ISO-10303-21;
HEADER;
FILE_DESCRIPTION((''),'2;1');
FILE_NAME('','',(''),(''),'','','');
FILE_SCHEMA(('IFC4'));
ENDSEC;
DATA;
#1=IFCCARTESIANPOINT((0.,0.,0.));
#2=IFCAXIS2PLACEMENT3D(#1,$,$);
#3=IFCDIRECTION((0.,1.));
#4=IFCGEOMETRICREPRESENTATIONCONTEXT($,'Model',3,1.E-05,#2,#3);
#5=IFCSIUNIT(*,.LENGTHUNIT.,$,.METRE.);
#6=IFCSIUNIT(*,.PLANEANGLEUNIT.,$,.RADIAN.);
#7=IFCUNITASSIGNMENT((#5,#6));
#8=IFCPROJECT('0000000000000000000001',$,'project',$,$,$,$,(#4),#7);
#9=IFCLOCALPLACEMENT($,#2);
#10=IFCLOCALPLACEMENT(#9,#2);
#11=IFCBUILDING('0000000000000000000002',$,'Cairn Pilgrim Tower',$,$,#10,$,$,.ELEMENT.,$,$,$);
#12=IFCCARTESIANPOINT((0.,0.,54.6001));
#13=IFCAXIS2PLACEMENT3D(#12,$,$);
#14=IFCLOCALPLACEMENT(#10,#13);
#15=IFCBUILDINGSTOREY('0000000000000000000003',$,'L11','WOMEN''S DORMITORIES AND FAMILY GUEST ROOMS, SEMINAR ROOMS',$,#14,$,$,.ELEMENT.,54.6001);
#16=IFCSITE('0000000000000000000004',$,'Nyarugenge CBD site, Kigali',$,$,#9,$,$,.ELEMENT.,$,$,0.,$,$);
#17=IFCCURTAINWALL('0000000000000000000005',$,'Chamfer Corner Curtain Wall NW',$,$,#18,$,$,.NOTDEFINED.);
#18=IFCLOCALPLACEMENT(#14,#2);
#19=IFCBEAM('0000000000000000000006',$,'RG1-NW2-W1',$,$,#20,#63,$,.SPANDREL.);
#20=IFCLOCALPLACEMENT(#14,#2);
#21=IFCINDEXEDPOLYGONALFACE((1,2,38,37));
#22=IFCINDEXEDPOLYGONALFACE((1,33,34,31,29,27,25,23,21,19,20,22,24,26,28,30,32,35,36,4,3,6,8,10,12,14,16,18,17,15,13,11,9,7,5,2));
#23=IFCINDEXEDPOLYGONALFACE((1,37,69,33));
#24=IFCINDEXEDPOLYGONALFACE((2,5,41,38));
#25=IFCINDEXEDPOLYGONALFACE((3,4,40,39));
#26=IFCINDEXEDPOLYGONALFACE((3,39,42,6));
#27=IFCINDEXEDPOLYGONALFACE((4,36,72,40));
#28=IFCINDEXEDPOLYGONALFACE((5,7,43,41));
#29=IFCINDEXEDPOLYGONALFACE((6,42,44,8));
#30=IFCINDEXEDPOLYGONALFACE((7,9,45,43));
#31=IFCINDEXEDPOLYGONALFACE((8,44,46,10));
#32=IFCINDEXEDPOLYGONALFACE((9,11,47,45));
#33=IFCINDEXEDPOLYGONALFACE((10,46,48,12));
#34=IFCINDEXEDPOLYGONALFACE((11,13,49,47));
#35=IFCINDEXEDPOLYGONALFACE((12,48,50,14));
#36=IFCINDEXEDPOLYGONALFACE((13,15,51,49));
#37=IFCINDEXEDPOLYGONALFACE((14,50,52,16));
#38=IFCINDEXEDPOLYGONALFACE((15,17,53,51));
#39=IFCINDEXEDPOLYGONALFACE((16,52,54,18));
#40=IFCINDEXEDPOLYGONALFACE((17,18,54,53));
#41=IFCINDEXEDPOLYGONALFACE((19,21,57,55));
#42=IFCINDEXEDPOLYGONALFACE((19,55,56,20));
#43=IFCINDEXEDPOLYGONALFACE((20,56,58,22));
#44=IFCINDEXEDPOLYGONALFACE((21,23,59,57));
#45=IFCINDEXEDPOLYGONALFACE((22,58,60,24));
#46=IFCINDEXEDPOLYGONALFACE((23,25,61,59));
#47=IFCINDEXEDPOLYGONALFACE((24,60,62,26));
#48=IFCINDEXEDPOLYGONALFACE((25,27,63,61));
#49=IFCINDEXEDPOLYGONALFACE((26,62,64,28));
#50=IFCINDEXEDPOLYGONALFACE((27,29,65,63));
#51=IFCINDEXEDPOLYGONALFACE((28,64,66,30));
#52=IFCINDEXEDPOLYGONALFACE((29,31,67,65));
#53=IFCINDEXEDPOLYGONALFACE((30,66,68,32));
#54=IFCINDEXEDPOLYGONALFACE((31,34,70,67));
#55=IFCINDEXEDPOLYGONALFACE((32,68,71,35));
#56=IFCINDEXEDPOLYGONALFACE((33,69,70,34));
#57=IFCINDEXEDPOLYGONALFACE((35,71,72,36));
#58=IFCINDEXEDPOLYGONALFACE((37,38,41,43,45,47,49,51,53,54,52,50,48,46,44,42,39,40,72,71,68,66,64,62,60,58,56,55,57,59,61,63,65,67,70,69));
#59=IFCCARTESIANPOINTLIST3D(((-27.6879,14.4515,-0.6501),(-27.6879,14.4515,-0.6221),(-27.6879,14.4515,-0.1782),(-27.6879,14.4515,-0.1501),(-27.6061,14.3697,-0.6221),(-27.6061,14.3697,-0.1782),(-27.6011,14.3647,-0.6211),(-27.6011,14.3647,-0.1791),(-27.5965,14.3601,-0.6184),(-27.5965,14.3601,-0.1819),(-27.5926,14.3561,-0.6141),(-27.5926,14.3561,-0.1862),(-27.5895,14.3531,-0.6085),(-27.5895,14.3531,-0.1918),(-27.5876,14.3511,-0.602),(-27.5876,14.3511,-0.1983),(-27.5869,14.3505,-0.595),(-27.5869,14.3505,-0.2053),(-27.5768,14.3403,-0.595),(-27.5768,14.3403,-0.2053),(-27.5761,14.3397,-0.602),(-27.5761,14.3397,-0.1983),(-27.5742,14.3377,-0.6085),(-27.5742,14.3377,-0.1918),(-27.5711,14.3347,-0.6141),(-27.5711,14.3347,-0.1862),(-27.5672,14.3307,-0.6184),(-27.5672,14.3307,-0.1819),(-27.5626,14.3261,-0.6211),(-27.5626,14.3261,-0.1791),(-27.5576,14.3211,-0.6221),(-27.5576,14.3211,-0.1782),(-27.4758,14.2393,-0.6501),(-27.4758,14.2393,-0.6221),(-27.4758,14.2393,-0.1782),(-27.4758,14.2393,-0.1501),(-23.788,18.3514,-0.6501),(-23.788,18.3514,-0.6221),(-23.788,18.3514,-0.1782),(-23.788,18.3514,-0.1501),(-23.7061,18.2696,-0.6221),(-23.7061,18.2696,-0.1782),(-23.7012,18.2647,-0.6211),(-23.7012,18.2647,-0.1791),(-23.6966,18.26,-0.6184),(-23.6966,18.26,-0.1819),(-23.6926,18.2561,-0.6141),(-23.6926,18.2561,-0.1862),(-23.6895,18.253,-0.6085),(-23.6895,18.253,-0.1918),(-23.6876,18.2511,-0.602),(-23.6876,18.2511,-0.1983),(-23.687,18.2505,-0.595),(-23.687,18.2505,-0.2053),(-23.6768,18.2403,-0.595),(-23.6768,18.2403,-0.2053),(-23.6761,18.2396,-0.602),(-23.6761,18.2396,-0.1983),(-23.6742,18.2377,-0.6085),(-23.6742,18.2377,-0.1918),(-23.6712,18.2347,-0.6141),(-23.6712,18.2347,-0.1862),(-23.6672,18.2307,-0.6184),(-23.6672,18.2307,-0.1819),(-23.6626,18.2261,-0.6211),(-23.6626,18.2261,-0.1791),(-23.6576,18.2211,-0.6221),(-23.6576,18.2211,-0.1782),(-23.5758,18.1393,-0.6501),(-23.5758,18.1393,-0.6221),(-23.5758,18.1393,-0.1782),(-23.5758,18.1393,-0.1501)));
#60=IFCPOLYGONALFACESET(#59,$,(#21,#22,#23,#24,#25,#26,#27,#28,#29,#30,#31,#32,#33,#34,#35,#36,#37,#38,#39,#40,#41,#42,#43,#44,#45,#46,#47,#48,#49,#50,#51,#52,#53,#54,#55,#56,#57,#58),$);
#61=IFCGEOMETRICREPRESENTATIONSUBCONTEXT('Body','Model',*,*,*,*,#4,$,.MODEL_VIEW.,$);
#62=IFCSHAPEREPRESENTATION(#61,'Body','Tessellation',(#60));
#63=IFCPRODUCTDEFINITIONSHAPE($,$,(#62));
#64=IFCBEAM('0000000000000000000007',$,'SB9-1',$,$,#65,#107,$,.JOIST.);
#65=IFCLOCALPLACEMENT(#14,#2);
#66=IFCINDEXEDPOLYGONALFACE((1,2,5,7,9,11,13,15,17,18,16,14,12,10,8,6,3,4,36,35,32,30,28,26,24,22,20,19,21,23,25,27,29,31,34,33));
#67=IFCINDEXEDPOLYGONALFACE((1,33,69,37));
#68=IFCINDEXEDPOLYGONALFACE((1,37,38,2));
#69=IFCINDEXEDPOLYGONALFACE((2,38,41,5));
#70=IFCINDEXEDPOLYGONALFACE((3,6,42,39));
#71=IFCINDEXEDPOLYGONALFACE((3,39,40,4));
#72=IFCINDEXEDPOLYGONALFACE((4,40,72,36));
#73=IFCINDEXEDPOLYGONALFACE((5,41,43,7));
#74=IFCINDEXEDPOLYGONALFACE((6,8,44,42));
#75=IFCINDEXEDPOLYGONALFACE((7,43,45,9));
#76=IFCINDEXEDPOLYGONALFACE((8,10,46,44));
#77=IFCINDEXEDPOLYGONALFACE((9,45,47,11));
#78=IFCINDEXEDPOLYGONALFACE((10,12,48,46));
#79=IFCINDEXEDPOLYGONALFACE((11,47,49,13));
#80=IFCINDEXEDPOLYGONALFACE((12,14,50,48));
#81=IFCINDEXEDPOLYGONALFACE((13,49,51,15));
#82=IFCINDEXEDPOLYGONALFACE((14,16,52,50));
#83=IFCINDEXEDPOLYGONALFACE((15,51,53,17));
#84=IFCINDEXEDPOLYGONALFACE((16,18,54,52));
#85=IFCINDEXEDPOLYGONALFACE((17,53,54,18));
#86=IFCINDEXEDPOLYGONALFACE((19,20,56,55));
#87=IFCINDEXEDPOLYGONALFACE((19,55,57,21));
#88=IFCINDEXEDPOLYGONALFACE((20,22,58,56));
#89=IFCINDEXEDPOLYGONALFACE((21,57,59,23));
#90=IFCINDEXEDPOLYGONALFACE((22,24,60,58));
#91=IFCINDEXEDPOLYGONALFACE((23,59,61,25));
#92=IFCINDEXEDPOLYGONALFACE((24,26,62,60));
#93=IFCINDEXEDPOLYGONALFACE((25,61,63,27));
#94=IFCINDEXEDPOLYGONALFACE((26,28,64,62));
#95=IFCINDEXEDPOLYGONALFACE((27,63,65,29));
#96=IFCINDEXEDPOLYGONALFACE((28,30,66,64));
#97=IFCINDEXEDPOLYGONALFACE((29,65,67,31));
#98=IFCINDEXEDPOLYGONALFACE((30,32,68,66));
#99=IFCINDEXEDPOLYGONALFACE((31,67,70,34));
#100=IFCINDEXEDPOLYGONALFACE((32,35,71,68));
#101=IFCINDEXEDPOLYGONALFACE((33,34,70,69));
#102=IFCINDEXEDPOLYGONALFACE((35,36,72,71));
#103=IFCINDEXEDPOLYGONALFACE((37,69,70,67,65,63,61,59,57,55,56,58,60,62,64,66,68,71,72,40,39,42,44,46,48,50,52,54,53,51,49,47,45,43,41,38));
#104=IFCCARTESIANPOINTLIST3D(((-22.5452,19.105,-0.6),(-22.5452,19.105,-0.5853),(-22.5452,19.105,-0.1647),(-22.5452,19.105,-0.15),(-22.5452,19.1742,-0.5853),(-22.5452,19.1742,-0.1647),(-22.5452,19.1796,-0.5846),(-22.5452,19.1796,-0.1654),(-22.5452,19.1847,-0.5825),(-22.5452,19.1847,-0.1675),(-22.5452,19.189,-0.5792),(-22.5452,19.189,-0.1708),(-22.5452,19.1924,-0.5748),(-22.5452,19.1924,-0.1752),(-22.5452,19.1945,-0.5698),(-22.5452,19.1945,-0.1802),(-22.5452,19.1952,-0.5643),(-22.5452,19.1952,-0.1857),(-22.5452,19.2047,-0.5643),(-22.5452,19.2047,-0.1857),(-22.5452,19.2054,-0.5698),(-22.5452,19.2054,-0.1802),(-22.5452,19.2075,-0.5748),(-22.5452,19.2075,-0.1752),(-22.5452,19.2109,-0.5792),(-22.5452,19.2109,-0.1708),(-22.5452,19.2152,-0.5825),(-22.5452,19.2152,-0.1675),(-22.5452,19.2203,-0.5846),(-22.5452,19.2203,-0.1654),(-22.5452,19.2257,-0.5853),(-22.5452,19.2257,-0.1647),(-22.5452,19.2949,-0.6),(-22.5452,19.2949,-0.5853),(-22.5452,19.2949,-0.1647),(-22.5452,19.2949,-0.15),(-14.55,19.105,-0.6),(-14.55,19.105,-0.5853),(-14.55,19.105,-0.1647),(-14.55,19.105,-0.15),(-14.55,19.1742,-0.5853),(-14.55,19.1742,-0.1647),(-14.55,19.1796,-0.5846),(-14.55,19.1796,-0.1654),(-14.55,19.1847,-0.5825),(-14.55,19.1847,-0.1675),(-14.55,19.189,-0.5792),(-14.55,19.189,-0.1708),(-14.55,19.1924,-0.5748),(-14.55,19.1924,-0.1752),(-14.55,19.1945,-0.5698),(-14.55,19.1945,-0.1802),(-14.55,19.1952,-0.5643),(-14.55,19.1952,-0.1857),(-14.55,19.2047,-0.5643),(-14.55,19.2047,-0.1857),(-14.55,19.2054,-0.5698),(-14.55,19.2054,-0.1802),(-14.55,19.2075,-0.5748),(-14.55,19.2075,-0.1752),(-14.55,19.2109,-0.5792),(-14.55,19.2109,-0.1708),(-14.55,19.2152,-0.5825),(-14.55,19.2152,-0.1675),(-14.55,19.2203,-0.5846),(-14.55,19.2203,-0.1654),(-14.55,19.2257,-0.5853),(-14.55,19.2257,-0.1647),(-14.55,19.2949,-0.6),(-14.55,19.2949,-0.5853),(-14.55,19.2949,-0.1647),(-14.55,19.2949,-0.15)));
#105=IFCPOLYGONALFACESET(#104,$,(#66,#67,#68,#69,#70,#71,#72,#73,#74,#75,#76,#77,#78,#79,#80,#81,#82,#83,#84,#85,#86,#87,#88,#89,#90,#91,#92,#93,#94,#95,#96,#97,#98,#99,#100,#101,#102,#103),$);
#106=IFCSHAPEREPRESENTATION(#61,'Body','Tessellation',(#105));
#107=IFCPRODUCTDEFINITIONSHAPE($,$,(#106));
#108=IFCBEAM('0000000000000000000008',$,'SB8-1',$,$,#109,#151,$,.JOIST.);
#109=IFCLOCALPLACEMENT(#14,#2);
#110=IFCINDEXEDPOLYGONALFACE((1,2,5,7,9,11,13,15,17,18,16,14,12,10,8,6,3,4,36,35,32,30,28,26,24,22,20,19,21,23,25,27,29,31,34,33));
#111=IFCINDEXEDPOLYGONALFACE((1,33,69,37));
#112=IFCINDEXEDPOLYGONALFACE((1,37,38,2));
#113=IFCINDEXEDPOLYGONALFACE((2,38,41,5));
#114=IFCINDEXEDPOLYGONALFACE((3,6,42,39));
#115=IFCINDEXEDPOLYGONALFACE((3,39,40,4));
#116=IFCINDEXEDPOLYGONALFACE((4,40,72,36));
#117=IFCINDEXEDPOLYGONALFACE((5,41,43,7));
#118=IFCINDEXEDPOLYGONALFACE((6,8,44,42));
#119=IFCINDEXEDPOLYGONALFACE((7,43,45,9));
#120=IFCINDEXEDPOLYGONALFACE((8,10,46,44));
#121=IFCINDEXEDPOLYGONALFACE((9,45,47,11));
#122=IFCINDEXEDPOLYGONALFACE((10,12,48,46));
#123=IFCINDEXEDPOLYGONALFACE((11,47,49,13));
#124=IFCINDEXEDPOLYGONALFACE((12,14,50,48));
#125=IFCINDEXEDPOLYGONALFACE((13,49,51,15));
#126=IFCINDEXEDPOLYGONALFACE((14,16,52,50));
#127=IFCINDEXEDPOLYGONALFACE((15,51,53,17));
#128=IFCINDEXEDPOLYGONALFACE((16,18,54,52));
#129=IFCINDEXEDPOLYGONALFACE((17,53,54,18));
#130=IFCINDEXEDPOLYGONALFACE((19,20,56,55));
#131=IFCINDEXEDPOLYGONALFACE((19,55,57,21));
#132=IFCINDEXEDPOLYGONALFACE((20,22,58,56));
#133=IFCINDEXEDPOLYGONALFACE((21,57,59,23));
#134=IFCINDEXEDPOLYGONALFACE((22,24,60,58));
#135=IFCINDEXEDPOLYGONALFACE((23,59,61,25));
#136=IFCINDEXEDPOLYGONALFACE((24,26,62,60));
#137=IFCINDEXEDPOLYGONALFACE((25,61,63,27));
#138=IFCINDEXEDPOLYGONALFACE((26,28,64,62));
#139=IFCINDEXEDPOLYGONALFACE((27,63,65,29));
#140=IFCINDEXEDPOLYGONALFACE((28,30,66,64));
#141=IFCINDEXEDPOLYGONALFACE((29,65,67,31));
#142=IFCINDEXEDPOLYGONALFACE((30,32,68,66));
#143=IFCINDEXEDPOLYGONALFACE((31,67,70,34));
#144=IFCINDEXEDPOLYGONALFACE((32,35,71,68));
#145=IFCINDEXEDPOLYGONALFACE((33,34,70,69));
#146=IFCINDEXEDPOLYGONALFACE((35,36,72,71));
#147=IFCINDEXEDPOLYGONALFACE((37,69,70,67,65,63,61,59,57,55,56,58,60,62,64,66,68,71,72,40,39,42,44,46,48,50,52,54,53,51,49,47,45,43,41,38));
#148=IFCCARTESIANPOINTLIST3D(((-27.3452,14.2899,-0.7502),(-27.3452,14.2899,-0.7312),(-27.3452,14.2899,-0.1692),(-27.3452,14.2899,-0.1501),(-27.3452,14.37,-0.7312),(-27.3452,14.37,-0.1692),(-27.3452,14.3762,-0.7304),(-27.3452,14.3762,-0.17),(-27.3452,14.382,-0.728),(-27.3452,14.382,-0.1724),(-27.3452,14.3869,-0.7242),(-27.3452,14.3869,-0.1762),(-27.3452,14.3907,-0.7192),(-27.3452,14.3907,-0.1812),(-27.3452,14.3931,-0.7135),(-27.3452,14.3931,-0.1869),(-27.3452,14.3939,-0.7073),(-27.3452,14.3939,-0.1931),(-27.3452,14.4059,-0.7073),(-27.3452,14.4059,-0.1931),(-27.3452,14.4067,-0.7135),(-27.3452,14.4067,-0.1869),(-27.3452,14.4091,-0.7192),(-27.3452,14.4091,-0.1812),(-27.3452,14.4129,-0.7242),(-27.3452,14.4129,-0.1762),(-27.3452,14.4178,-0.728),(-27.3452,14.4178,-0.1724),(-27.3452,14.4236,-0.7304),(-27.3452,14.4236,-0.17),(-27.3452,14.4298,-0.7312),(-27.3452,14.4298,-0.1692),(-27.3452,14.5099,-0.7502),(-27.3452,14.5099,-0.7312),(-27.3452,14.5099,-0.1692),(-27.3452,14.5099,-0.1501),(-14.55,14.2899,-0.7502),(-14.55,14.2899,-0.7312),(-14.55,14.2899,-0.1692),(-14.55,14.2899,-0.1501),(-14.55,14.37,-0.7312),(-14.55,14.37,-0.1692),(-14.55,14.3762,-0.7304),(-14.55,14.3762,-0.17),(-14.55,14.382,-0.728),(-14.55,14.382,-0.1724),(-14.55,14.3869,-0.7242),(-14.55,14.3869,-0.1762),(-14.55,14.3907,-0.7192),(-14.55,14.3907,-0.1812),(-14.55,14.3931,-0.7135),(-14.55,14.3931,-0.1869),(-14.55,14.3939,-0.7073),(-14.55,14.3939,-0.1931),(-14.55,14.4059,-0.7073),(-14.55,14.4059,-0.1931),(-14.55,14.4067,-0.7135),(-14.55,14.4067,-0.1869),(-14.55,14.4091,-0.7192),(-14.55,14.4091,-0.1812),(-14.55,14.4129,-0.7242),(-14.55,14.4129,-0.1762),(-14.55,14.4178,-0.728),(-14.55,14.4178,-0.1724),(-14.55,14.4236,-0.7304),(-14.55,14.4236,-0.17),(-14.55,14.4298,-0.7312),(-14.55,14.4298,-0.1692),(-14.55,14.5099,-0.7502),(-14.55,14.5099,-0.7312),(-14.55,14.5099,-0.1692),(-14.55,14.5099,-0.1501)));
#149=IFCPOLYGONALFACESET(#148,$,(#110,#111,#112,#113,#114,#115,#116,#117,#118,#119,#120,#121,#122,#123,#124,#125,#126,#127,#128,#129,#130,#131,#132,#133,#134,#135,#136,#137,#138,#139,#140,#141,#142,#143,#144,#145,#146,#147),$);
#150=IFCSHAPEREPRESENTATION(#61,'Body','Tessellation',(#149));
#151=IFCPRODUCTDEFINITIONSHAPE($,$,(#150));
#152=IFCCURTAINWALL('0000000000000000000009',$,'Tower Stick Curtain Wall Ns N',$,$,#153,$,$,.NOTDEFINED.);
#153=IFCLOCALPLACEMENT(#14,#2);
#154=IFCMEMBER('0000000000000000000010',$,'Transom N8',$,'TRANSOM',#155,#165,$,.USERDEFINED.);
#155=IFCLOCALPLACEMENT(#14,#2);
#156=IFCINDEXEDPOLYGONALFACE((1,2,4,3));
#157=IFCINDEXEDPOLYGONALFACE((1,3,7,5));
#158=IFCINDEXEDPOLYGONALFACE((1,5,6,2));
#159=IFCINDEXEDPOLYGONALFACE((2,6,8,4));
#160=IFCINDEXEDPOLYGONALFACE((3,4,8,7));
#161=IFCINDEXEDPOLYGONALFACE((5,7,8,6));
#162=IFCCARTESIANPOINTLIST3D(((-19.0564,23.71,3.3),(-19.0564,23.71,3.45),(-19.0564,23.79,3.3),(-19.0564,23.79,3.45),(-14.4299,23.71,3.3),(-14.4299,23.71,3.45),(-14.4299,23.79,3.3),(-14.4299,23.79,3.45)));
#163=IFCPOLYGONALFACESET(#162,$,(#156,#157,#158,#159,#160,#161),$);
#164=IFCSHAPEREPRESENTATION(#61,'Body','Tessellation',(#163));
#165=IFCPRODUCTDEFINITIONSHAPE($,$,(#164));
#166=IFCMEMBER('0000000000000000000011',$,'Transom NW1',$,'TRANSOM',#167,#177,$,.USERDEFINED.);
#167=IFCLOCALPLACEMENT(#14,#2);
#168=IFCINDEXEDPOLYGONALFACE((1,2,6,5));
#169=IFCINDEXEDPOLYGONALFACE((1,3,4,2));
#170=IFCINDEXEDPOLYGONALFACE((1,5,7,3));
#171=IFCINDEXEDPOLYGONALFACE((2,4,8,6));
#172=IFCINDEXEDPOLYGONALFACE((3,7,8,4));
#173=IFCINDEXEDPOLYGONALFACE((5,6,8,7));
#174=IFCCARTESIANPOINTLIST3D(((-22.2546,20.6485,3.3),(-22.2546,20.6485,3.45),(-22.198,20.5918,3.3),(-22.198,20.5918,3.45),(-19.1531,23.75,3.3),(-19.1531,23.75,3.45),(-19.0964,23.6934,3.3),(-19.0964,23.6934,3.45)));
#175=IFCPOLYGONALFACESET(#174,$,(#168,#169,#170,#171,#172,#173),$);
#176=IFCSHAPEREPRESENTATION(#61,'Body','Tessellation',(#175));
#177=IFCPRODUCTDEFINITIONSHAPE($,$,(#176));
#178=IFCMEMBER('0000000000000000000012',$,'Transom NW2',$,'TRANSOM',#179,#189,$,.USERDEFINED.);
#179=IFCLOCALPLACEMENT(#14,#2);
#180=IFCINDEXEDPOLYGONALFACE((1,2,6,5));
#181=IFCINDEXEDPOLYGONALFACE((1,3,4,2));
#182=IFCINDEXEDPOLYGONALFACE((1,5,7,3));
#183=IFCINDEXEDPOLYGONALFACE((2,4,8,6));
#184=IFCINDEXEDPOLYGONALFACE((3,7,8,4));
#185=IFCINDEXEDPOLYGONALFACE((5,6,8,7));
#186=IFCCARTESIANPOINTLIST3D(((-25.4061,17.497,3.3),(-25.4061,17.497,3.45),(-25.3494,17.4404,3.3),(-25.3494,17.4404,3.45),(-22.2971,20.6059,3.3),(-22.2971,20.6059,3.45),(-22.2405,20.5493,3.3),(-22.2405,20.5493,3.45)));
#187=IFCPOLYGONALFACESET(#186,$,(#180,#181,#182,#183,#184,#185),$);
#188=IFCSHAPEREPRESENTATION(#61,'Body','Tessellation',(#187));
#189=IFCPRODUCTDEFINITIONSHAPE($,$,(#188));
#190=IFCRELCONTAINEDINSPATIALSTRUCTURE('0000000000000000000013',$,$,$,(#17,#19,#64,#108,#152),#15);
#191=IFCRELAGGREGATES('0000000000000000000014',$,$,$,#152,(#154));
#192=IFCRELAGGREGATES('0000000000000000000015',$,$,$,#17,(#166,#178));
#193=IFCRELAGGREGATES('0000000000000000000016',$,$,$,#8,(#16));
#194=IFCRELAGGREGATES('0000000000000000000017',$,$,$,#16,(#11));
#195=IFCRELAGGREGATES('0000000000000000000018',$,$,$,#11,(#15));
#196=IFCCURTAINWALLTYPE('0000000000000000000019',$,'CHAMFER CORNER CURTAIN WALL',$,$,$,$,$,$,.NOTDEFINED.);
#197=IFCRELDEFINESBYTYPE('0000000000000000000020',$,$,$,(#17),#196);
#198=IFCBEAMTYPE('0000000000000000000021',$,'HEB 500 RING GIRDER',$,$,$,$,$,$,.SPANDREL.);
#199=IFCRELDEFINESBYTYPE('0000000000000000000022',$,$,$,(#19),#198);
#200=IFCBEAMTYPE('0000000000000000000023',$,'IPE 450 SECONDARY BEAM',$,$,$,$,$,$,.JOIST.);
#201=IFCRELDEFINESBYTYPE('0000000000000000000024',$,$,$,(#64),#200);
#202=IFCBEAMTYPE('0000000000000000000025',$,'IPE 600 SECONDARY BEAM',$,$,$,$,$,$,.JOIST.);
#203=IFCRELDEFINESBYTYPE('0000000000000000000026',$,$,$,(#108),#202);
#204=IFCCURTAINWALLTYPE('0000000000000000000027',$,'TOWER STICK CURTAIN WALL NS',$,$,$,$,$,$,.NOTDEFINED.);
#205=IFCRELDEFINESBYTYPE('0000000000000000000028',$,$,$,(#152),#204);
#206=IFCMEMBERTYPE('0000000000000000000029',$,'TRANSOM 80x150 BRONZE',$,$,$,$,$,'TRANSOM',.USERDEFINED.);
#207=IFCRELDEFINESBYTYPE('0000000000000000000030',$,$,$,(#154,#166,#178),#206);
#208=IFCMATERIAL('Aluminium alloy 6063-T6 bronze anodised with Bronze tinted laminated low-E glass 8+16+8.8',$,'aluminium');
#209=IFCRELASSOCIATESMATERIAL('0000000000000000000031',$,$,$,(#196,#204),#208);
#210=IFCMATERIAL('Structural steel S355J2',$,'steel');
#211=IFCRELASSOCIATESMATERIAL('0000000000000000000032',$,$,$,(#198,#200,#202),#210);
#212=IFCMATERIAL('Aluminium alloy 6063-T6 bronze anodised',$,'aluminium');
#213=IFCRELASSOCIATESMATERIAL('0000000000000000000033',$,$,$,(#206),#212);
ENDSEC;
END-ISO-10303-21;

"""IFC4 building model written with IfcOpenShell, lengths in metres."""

from ifc_helpers import new_model, si_unit, direction, frame, origin, origin_2d, place, context, subcontext, project, spatial, rectangle, i_section, extrude, material, material_profile, profile_set, type_object, element, aggregate, save


model = new_model("IFC4")

# Units and contexts
model_context = context("Model", 3, precision=1e-05, world=origin(), true_north=direction((0.0, 1.0)))
body_context = subcontext(model_context, "Body", "Model", "MODEL_VIEW")
ifc_project = project(units=[si_unit("LENGTHUNIT", "METRE"), si_unit("PLANEANGLEUNIT", "RADIAN")], contexts=[model_context])

# Site, building, storey
site_placement = place(None, origin())
site = spatial("IfcSite", under=ifc_project, at=site_placement, Name="Nyarugenge CBD site, Kigali", CompositionType="ELEMENT", RefElevation=0.0)
building_placement = place(site_placement, origin())
building = spatial("IfcBuilding", under=site, at=building_placement, Name="Cairn Pilgrim Tower", CompositionType="ELEMENT")
storey_placement = place(building_placement, frame((0.0, 0.0, 54.6001)))
storey = spatial("IfcBuildingStorey", under=building, at=storey_placement, Name="L11", Description="WOMEN'S DORMITORIES AND FAMILY GUEST ROOMS, SEMINAR ROOMS", CompositionType="ELEMENT", Elevation=54.6001)

# Shared definitions
ifc_material_1 = material(Name="Structural steel S355J2", Category="steel")

# Curtain wall
ifc_material_2 = material(Name="Aluminium alloy 6063-T6 bronze anodised with Bronze tinted laminated low-E glass 8+16+8.8", Category="aluminium")
curtain_wall_type_1 = type_object("IfcCurtainWallType", Name="CHAMFER CORNER CURTAIN WALL", PredefinedType="NOTDEFINED", material=ifc_material_2)
curtain_wall_1_placement = place(storey_placement, origin())
curtain_wall_1 = element("IfcCurtainWall", 1, at=curtain_wall_1_placement, inside=storey, type_object=curtain_wall_type_1, Name="Chamfer Corner Curtain Wall NW", PredefinedType="NOTDEFINED")
ifc_material_3 = material(Name="Aluminium alloy 6063-T6 bronze anodised", Category="aluminium")

# Beams
ifc_material_profile_1 = material_profile(ifc_material_1, i_section(OverallWidth=0.3, OverallDepth=0.5, WebThickness=0.0144, FlangeThickness=0.0281, FilletRadius=0.0271, at=origin_2d()), Name="HEB 500")
ifc_profile_set_1 = profile_set([ifc_material_profile_1], Name="Structural steel S355J2")
beam_type_1 = type_object("IfcBeamType", Name="HEB 500 RING GIRDER", PredefinedType="SPANDREL", material=ifc_profile_set_1)
beam_1_placement = place(storey_placement, frame((-23.6819, 18.2454, -0.4001), z_axis=(-0.707107, -0.707107, 0.0), x_axis=(0.707107, -0.707107, 0.0)))
element("IfcBeam", 2, at=beam_1_placement, inside=storey, type_object=beam_type_1, Name="RG1-NW2-W1", PredefinedType="SPANDREL", context=body_context, shape_type="SweptSolid", body=[
    extrude(i_section(OverallWidth=0.3, OverallDepth=0.5, WebThickness=0.0144, FlangeThickness=0.0281, FilletRadius=0.0271, at=origin_2d()), origin(), (0.0, 0.0, 1.0), 5.5154),
])
ifc_material_profile_2 = material_profile(ifc_material_1, i_section(OverallWidth=0.1899, OverallDepth=0.45, WebThickness=0.0095, FlangeThickness=0.0146, FilletRadius=0.021, at=origin_2d()), Name="IPE 450")
ifc_profile_set_2 = profile_set([ifc_material_profile_2], Name="Structural steel S355J2")
beam_type_2 = type_object("IfcBeamType", Name="IPE 450 SECONDARY BEAM", PredefinedType="JOIST", material=ifc_profile_set_2)
beam_2_placement = place(storey_placement, frame((-22.5452, 19.2, -0.375), z_axis=(1.0, 0.0, 0.0), x_axis=(0.0, 1.0, 0.0)))
element("IfcBeam", 3, at=beam_2_placement, inside=storey, type_object=beam_type_2, Name="SB9-1", PredefinedType="JOIST", context=body_context, shape_type="SweptSolid", body=[
    extrude(i_section(OverallWidth=0.1899, OverallDepth=0.45, WebThickness=0.0095, FlangeThickness=0.0146, FilletRadius=0.021, at=origin_2d()), origin(), (0.0, 0.0, 1.0), 7.9951),
])
ifc_material_profile_3 = material_profile(ifc_material_1, i_section(OverallWidth=0.22, OverallDepth=0.6001, WebThickness=0.012, FlangeThickness=0.019, FilletRadius=0.0239, at=origin_2d()), Name="IPE 600")
ifc_profile_set_3 = profile_set([ifc_material_profile_3], Name="Structural steel S355J2")
beam_type_3 = type_object("IfcBeamType", Name="IPE 600 SECONDARY BEAM", PredefinedType="JOIST", material=ifc_profile_set_3)
beam_3_placement = place(storey_placement, frame((-27.3452, 14.3999, -0.4502), z_axis=(1.0, 0.0, 0.0), x_axis=(0.0, 1.0, 0.0)))
element("IfcBeam", 4, at=beam_3_placement, inside=storey, type_object=beam_type_3, Name="SB8-1", PredefinedType="JOIST", context=body_context, shape_type="SweptSolid", body=[
    extrude(i_section(OverallWidth=0.22, OverallDepth=0.6001, WebThickness=0.012, FlangeThickness=0.019, FilletRadius=0.0239, at=origin_2d()), origin(), (0.0, 0.0, 1.0), 12.7952),
])

# Curtain wall, member
curtain_wall_type_2 = type_object("IfcCurtainWallType", Name="TOWER STICK CURTAIN WALL NS", PredefinedType="NOTDEFINED", material=ifc_material_2)
curtain_wall_2_placement = place(storey_placement, origin())
curtain_wall_2 = element("IfcCurtainWall", 5, at=curtain_wall_2_placement, inside=storey, type_object=curtain_wall_type_2, Name="Tower Stick Curtain Wall Ns N", PredefinedType="NOTDEFINED")
ifc_material_profile_4 = material_profile(ifc_material_3, rectangle(XDim=0.0801, YDim=0.1499, at=origin_2d()), Name="TRANSOM 80x150 BRONZE")
ifc_profile_set_4 = profile_set([ifc_material_profile_4], Name="Aluminium alloy 6063-T6 bronze anodised")
member_type_1 = type_object("IfcMemberType", Name="TRANSOM 80x150 BRONZE", ElementType="TRANSOM", PredefinedType="USERDEFINED", material=ifc_profile_set_4)
member_1_placement = place(storey_placement, frame((-14.4299, 23.75, 3.375), z_axis=(-1.0, 0.0, 0.0), x_axis=(0.0, -1.0, 0.0)))
member_1 = element("IfcMember", 6, at=member_1_placement, type_object=member_type_1, Name="Transom N8", ObjectType="TRANSOM", PredefinedType="USERDEFINED", context=body_context, shape_type="SweptSolid", body=[
    extrude(rectangle(XDim=0.0801, YDim=0.1499, at=origin_2d()), origin(), (0.0, 0.0, 1.0), 4.6265),
])

# Members
member_2_placement = place(storey_placement, frame((-19.1248, 23.7217, 3.375), z_axis=(-0.707107, -0.707107, 0.0), x_axis=(0.707107, -0.707107, 0.0)))
member_2 = element("IfcMember", 7, at=member_2_placement, type_object=member_type_1, Name="Transom NW1", ObjectType="TRANSOM", PredefinedType="USERDEFINED", context=body_context, shape_type="SweptSolid", body=[
    extrude(rectangle(XDim=0.0801, YDim=0.1499, at=origin_2d()), origin(), (0.0, 0.0, 1.0), 4.3862),
])
member_3_placement = place(storey_placement, frame((-22.2688, 20.5776, 3.375), z_axis=(-0.707107, -0.707107, 0.0), x_axis=(0.707107, -0.707107, 0.0)))
member_3 = element("IfcMember", 8, at=member_3_placement, type_object=member_type_1, Name="Transom NW2", ObjectType="TRANSOM", PredefinedType="USERDEFINED", context=body_context, shape_type="SweptSolid", body=[
    extrude(rectangle(XDim=0.0801, YDim=0.1499, at=origin_2d()), origin(), (0.0, 0.0, 1.0), 4.3967),
])

aggregate(curtain_wall_2, [member_1])
aggregate(curtain_wall_1, [member_2, member_3])

save(model, "model.ifc")
